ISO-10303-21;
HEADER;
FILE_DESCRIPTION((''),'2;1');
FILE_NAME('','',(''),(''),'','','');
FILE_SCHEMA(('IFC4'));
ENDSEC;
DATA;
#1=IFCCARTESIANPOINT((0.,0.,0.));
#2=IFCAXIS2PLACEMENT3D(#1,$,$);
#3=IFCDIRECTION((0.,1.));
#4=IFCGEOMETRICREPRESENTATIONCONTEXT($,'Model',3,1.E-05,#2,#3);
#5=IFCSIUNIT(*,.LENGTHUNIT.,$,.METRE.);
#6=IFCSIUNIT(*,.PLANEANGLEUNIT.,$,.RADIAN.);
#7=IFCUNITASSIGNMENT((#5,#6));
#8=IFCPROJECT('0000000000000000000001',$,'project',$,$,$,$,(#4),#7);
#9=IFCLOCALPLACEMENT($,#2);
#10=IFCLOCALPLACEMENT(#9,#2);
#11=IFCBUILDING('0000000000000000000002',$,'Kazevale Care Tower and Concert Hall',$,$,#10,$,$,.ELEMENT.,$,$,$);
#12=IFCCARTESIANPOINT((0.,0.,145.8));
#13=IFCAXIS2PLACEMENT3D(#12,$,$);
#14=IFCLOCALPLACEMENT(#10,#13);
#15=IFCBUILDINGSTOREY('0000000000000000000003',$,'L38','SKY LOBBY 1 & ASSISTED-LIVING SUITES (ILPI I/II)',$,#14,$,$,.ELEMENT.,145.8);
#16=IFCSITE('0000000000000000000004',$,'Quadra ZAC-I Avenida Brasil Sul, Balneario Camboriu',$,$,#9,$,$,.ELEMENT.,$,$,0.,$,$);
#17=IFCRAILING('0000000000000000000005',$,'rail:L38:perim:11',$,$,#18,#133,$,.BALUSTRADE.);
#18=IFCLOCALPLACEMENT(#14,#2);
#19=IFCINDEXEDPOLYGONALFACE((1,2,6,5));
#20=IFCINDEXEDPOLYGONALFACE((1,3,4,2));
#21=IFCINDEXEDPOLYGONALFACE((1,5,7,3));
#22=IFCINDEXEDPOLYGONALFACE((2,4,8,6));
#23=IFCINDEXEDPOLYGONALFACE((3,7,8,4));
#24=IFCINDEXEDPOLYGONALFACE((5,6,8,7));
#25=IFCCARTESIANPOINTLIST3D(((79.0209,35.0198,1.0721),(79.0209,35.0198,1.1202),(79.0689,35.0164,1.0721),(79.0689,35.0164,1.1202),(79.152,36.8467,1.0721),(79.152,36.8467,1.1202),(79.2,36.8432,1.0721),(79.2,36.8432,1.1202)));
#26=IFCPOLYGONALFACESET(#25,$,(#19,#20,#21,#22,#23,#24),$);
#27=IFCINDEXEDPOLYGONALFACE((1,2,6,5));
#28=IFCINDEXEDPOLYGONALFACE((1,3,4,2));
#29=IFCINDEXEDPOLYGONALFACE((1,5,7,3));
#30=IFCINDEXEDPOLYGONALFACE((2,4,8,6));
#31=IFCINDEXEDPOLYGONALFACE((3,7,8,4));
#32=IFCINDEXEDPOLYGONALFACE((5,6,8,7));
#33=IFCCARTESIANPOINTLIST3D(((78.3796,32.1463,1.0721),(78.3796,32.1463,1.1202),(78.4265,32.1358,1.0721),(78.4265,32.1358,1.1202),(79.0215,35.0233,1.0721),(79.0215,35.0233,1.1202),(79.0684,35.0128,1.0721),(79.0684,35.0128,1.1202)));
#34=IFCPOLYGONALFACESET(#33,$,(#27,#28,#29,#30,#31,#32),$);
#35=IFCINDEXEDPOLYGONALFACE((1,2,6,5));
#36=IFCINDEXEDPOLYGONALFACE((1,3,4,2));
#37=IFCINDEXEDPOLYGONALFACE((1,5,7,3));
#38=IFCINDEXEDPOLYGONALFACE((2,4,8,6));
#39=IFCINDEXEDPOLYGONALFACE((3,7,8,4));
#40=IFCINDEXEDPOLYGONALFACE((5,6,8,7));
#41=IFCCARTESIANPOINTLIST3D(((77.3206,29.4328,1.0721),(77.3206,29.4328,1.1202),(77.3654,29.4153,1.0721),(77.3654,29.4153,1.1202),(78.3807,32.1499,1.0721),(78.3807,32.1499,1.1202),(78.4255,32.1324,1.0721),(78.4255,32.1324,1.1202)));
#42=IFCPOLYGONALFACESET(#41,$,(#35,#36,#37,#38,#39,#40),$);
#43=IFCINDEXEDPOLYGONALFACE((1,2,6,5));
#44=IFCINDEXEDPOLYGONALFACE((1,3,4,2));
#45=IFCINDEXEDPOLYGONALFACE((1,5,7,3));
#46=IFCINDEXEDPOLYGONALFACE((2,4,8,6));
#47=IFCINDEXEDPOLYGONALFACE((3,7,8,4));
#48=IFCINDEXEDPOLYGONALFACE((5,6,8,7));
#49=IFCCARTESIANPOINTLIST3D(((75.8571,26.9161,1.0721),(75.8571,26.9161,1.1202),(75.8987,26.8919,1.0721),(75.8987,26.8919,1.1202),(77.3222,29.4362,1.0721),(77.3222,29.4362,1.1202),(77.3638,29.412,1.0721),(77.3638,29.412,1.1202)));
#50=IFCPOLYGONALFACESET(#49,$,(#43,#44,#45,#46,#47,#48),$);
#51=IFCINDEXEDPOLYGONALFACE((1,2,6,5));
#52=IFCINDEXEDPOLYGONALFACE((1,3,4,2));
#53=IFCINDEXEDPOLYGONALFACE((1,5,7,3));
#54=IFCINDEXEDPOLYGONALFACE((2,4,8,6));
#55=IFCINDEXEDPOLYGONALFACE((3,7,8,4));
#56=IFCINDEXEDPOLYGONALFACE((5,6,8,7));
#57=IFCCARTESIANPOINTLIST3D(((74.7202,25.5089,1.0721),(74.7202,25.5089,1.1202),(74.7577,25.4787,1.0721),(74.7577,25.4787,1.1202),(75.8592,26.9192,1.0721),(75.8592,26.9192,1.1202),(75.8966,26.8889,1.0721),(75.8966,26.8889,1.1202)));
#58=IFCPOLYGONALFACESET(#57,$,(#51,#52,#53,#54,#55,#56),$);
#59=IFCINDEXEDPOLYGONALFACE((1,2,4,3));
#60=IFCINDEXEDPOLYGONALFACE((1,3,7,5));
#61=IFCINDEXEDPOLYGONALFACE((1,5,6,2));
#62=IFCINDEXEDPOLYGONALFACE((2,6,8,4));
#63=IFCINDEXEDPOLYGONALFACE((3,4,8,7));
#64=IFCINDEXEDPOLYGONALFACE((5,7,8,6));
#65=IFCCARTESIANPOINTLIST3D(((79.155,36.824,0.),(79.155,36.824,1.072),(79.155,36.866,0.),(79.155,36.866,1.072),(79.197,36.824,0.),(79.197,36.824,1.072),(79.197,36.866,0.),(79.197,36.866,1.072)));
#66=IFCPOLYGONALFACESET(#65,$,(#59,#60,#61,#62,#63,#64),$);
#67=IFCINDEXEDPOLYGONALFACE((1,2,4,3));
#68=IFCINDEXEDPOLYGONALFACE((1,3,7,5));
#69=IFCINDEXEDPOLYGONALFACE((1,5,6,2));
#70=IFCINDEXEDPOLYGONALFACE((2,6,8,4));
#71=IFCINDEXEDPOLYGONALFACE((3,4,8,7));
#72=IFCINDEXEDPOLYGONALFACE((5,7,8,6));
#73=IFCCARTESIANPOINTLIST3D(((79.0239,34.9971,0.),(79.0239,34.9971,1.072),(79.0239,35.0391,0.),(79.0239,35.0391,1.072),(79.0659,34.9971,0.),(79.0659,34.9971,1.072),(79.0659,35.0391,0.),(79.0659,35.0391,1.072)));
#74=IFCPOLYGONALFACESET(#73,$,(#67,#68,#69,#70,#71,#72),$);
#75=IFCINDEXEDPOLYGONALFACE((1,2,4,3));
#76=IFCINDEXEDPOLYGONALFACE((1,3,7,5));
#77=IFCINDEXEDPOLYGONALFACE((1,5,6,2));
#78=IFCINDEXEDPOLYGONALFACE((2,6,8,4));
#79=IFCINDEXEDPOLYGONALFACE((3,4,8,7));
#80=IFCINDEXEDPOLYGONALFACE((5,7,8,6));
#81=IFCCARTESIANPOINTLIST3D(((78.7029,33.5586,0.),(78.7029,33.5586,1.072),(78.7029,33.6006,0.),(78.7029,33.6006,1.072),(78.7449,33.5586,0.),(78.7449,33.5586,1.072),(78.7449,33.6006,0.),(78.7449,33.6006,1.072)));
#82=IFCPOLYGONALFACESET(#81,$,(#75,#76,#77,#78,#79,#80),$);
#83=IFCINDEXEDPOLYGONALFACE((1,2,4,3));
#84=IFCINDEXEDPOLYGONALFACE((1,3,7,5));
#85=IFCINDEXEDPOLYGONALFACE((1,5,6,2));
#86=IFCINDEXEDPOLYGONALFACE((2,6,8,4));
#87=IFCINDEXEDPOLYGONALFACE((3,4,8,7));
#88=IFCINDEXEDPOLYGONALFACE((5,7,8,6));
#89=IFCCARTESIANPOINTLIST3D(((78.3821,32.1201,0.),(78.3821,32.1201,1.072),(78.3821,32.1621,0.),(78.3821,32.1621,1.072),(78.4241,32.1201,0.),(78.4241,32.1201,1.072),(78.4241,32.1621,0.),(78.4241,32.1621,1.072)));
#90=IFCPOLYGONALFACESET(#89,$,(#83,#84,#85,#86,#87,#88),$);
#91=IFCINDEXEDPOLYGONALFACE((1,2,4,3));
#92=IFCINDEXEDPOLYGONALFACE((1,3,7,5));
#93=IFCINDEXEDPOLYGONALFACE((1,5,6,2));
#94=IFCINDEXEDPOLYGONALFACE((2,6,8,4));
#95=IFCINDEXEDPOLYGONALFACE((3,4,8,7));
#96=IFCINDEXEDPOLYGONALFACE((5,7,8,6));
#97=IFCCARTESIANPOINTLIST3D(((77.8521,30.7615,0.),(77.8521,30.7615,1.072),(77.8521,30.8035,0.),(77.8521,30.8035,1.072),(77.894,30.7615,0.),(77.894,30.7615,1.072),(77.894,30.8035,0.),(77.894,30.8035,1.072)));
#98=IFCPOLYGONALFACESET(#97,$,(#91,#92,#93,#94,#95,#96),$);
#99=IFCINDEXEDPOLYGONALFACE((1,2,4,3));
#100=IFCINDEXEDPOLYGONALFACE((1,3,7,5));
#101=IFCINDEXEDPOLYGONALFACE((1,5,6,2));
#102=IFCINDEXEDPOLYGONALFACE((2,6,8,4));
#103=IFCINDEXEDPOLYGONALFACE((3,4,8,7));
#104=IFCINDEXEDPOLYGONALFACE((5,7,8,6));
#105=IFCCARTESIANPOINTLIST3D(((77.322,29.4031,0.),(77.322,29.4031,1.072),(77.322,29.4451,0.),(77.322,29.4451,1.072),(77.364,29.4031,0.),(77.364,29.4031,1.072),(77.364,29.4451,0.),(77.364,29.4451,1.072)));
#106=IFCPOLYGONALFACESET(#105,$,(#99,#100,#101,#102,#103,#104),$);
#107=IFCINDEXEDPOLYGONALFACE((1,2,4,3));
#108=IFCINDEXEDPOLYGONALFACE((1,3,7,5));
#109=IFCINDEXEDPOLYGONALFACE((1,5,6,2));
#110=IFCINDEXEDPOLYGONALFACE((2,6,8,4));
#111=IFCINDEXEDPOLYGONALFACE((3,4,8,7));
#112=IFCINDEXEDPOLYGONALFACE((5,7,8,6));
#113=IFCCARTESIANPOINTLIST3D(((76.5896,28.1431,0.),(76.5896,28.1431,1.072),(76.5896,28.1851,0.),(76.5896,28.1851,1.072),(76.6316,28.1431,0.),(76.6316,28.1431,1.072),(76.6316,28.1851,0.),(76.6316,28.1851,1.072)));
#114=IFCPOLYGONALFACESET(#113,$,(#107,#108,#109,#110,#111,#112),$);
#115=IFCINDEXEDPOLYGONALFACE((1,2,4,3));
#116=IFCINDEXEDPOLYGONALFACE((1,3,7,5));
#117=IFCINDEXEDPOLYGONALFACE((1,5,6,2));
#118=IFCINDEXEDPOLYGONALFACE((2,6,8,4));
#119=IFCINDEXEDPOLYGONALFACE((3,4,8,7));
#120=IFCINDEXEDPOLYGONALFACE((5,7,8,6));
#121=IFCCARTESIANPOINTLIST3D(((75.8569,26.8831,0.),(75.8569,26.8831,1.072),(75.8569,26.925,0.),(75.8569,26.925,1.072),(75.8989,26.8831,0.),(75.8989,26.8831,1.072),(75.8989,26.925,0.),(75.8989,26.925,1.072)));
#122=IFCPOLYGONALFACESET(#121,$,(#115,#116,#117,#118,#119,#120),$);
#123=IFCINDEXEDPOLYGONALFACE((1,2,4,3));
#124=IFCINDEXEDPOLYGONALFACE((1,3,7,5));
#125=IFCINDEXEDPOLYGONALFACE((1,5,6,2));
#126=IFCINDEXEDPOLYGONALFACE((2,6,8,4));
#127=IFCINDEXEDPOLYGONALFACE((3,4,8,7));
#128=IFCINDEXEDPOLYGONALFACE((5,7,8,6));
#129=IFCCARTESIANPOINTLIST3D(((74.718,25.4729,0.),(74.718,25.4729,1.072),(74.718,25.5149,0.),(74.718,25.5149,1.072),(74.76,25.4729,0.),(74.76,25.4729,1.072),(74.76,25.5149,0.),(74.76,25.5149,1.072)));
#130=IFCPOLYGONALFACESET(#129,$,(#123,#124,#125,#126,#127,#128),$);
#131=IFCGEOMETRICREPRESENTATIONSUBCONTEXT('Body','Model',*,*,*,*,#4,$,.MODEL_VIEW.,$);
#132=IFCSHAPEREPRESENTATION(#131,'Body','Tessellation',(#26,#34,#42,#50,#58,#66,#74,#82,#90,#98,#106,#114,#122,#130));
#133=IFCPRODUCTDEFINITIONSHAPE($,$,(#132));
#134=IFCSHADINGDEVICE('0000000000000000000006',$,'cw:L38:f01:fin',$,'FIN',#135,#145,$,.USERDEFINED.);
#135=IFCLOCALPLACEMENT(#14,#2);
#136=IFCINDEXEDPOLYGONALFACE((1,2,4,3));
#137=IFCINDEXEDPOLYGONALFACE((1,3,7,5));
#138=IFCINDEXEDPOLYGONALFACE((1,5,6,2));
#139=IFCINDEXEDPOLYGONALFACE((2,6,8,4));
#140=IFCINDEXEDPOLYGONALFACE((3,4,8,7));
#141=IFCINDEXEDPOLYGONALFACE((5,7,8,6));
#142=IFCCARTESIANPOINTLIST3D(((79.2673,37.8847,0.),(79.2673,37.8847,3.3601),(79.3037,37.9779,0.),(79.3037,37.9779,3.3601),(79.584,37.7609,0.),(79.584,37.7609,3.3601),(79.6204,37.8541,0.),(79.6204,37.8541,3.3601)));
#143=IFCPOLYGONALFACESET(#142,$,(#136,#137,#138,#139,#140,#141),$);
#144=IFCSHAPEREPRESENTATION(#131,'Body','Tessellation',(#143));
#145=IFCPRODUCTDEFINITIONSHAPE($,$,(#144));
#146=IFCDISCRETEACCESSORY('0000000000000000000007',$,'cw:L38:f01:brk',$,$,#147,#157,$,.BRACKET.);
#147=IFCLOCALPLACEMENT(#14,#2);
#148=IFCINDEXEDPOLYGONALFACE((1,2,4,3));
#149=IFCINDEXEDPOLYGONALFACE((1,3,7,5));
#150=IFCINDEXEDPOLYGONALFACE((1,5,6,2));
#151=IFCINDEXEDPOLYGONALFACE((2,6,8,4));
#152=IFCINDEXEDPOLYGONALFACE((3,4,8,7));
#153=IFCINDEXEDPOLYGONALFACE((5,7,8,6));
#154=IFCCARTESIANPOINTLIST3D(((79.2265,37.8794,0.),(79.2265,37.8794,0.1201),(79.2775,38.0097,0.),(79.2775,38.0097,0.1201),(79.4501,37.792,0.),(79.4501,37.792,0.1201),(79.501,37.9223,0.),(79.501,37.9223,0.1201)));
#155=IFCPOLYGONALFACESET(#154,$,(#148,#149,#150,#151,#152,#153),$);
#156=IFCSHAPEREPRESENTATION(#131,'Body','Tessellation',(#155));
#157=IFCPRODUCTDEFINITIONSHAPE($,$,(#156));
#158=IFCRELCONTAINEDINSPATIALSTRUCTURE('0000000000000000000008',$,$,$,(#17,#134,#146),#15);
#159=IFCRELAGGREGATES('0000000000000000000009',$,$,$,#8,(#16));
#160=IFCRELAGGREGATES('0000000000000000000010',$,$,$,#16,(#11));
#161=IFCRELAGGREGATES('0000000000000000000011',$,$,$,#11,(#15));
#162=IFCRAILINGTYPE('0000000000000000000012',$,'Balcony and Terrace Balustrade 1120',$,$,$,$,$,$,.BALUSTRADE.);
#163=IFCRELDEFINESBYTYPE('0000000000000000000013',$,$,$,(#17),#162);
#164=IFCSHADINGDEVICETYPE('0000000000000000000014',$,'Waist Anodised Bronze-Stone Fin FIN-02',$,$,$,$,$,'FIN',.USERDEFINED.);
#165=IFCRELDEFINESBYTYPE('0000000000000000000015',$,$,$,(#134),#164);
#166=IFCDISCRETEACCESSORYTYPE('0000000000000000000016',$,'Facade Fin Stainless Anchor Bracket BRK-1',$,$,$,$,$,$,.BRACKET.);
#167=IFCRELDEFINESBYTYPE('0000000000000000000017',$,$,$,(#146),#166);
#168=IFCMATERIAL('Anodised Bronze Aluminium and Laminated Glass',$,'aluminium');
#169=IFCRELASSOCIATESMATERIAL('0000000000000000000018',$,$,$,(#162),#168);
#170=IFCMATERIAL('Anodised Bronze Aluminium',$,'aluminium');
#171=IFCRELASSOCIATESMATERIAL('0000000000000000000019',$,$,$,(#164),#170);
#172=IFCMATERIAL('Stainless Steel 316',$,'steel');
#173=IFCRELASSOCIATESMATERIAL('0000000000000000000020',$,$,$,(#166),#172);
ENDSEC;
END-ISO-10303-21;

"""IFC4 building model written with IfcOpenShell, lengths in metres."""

from ifc_helpers import new_model, si_unit, direction, frame, origin, origin_2d, place, context, subcontext, project, spatial, rectangle, extrude, material, type_object, element, save


model = new_model("IFC4")

# Units and contexts
model_context = context("Model", 3, precision=1e-05, world=origin(), true_north=direction((0.0, 1.0)))
body_context = subcontext(model_context, "Body", "Model", "MODEL_VIEW")
ifc_project = project(units=[si_unit("LENGTHUNIT", "METRE"), si_unit("PLANEANGLEUNIT", "RADIAN")], contexts=[model_context])

# Site, building, storey
site_placement = place(None, origin())
site = spatial("IfcSite", under=ifc_project, at=site_placement, Name="Quadra ZAC-I Avenida Brasil Sul, Balneario Camboriu", CompositionType="ELEMENT", RefElevation=0.0)
building_placement = place(site_placement, origin())
building = spatial("IfcBuilding", under=site, at=building_placement, Name="Kazevale Care Tower and Concert Hall", CompositionType="ELEMENT")
storey_placement = place(building_placement, frame((0.0, 0.0, 145.8)))
storey = spatial("IfcBuildingStorey", under=building, at=storey_placement, Name="L38", Description="SKY LOBBY 1 & ASSISTED-LIVING SUITES (ILPI I/II)", CompositionType="ELEMENT", Elevation=145.8)

# Railing
ifc_material_1 = material(Name="Anodised Bronze Aluminium and Laminated Glass", Category="aluminium")
railing_type = type_object("IfcRailingType", Name="Balcony and Terrace Balustrade 1120", PredefinedType="BALUSTRADE", material=ifc_material_1)
railing_placement = place(storey_placement, frame((79.176, 36.845, 0.0)))
element("IfcRailing", 1, at=railing_placement, inside=storey, type_object=railing_type, Name="rail:L38:perim:11", PredefinedType="BALUSTRADE", context=body_context, shape_type="SweptSolid", body=[
    extrude(rectangle(XDim=0.0481, YDim=0.0481, at=origin_2d()), frame((0.0, 0.0, 1.0962), z_axis=(-0.071579, -0.997435, 0.0), x_axis=(0.997435, -0.071579, 0.0)), (0.0, 0.0, 1.0), 1.8315),
    extrude(rectangle(XDim=0.0481, YDim=0.0481, at=origin_2d()), frame((-0.1311, -1.8269, 1.0962), z_axis=(-0.217746, -0.976005, 0.0), x_axis=(0.976005, -0.217746, 0.0)), (0.0, 0.0, 1.0), 2.9478),
    extrude(rectangle(XDim=0.0481, YDim=0.0481, at=origin_2d()), frame((-0.7729, -4.7039, 1.0962), z_axis=(-0.363468, -0.931607, 0.0), x_axis=(0.931607, -0.363468, 0.0)), (0.0, 0.0, 1.0), 2.9165),
    extrude(rectangle(XDim=0.0481, YDim=0.0481, at=origin_2d()), frame((-1.833, -7.4209, 1.0962), z_axis=(-0.50261, -0.864513, 0.0), x_axis=(0.864513, -0.50261, 0.0)), (0.0, 0.0, 1.0), 2.915),
    extrude(rectangle(XDim=0.0481, YDim=0.0481, at=origin_2d()), frame((-3.2981, -9.9409, 1.0962), z_axis=(-0.628318, -0.777956, 0.0), x_axis=(0.777956, -0.628318, 0.0)), (0.0, 0.0, 1.0), 1.8127),
    extrude(rectangle(XDim=0.042, YDim=0.042, at=origin_2d()), origin(), (0.0, 0.0, 1.0), 1.072),
    extrude(rectangle(XDim=0.042, YDim=0.042, at=origin_2d()), frame((-0.1311, -1.8269, 0.0)), (0.0, 0.0, 1.0), 1.072),
    extrude(rectangle(XDim=0.042, YDim=0.042, at=origin_2d()), frame((-0.4521, -3.2654, 0.0)), (0.0, 0.0, 1.0), 1.072),
    extrude(rectangle(XDim=0.042, YDim=0.042, at=origin_2d()), frame((-0.7729, -4.7039, 0.0)), (0.0, 0.0, 1.0), 1.072),
    extrude(rectangle(XDim=0.042, YDim=0.042, at=origin_2d()), frame((-1.303, -6.0625, 0.0)), (0.0, 0.0, 1.0), 1.072),
    extrude(rectangle(XDim=0.042, YDim=0.042, at=origin_2d()), frame((-1.833, -7.4209, 0.0)), (0.0, 0.0, 1.0), 1.072),
    extrude(rectangle(XDim=0.042, YDim=0.042, at=origin_2d()), frame((-2.5654, -8.6809, 0.0)), (0.0, 0.0, 1.0), 1.072),
    extrude(rectangle(XDim=0.042, YDim=0.042, at=origin_2d()), frame((-3.2981, -9.9409, 0.0)), (0.0, 0.0, 1.0), 1.072),
    extrude(rectangle(XDim=0.042, YDim=0.042, at=origin_2d()), frame((-4.437, -11.3511, 0.0)), (0.0, 0.0, 1.0), 1.072),
])

# Shading device
ifc_material_2 = material(Name="Anodised Bronze Aluminium", Category="aluminium")
shading_device_type = type_object("IfcShadingDeviceType", Name="Waist Anodised Bronze-Stone Fin FIN-02", ElementType="FIN", PredefinedType="USERDEFINED", material=ifc_material_2)
shading_device_placement = place(storey_placement, frame((79.4438, 37.8694, 0.0), z_axis=(0.0, 0.0, 1.0), x_axis=(0.931374, -0.364064, 0.0)))
element("IfcShadingDevice", 2, at=shading_device_placement, inside=storey, type_object=shading_device_type, Name="cw:L38:f01:fin", ObjectType="FIN", PredefinedType="USERDEFINED", context=body_context, shape_type="SweptSolid", body=[
    extrude(rectangle(XDim=0.3401, YDim=0.1001, at=origin_2d()), origin(), (0.0, 0.0, 1.0), 3.3601),
])

# Discrete accessory
ifc_material_3 = material(Name="Stainless Steel 316", Category="steel")
discrete_accessory_type = type_object("IfcDiscreteAccessoryType", Name="Facade Fin Stainless Anchor Bracket BRK-1", PredefinedType="BRACKET", material=ifc_material_3)
discrete_accessory_placement = place(storey_placement, frame((79.3638, 37.9009, 0.0), z_axis=(0.0, 0.0, 1.0), x_axis=(0.931374, -0.364064, 0.0)))
element("IfcDiscreteAccessory", 3, at=discrete_accessory_placement, inside=storey, type_object=discrete_accessory_type, Name="cw:L38:f01:brk", PredefinedType="BRACKET", context=body_context, shape_type="SweptSolid", body=[
    extrude(rectangle(XDim=0.24, YDim=0.1399, at=origin_2d()), origin(), (0.0, 0.0, 1.0), 0.1201),
])

save(model, "model.ifc")
